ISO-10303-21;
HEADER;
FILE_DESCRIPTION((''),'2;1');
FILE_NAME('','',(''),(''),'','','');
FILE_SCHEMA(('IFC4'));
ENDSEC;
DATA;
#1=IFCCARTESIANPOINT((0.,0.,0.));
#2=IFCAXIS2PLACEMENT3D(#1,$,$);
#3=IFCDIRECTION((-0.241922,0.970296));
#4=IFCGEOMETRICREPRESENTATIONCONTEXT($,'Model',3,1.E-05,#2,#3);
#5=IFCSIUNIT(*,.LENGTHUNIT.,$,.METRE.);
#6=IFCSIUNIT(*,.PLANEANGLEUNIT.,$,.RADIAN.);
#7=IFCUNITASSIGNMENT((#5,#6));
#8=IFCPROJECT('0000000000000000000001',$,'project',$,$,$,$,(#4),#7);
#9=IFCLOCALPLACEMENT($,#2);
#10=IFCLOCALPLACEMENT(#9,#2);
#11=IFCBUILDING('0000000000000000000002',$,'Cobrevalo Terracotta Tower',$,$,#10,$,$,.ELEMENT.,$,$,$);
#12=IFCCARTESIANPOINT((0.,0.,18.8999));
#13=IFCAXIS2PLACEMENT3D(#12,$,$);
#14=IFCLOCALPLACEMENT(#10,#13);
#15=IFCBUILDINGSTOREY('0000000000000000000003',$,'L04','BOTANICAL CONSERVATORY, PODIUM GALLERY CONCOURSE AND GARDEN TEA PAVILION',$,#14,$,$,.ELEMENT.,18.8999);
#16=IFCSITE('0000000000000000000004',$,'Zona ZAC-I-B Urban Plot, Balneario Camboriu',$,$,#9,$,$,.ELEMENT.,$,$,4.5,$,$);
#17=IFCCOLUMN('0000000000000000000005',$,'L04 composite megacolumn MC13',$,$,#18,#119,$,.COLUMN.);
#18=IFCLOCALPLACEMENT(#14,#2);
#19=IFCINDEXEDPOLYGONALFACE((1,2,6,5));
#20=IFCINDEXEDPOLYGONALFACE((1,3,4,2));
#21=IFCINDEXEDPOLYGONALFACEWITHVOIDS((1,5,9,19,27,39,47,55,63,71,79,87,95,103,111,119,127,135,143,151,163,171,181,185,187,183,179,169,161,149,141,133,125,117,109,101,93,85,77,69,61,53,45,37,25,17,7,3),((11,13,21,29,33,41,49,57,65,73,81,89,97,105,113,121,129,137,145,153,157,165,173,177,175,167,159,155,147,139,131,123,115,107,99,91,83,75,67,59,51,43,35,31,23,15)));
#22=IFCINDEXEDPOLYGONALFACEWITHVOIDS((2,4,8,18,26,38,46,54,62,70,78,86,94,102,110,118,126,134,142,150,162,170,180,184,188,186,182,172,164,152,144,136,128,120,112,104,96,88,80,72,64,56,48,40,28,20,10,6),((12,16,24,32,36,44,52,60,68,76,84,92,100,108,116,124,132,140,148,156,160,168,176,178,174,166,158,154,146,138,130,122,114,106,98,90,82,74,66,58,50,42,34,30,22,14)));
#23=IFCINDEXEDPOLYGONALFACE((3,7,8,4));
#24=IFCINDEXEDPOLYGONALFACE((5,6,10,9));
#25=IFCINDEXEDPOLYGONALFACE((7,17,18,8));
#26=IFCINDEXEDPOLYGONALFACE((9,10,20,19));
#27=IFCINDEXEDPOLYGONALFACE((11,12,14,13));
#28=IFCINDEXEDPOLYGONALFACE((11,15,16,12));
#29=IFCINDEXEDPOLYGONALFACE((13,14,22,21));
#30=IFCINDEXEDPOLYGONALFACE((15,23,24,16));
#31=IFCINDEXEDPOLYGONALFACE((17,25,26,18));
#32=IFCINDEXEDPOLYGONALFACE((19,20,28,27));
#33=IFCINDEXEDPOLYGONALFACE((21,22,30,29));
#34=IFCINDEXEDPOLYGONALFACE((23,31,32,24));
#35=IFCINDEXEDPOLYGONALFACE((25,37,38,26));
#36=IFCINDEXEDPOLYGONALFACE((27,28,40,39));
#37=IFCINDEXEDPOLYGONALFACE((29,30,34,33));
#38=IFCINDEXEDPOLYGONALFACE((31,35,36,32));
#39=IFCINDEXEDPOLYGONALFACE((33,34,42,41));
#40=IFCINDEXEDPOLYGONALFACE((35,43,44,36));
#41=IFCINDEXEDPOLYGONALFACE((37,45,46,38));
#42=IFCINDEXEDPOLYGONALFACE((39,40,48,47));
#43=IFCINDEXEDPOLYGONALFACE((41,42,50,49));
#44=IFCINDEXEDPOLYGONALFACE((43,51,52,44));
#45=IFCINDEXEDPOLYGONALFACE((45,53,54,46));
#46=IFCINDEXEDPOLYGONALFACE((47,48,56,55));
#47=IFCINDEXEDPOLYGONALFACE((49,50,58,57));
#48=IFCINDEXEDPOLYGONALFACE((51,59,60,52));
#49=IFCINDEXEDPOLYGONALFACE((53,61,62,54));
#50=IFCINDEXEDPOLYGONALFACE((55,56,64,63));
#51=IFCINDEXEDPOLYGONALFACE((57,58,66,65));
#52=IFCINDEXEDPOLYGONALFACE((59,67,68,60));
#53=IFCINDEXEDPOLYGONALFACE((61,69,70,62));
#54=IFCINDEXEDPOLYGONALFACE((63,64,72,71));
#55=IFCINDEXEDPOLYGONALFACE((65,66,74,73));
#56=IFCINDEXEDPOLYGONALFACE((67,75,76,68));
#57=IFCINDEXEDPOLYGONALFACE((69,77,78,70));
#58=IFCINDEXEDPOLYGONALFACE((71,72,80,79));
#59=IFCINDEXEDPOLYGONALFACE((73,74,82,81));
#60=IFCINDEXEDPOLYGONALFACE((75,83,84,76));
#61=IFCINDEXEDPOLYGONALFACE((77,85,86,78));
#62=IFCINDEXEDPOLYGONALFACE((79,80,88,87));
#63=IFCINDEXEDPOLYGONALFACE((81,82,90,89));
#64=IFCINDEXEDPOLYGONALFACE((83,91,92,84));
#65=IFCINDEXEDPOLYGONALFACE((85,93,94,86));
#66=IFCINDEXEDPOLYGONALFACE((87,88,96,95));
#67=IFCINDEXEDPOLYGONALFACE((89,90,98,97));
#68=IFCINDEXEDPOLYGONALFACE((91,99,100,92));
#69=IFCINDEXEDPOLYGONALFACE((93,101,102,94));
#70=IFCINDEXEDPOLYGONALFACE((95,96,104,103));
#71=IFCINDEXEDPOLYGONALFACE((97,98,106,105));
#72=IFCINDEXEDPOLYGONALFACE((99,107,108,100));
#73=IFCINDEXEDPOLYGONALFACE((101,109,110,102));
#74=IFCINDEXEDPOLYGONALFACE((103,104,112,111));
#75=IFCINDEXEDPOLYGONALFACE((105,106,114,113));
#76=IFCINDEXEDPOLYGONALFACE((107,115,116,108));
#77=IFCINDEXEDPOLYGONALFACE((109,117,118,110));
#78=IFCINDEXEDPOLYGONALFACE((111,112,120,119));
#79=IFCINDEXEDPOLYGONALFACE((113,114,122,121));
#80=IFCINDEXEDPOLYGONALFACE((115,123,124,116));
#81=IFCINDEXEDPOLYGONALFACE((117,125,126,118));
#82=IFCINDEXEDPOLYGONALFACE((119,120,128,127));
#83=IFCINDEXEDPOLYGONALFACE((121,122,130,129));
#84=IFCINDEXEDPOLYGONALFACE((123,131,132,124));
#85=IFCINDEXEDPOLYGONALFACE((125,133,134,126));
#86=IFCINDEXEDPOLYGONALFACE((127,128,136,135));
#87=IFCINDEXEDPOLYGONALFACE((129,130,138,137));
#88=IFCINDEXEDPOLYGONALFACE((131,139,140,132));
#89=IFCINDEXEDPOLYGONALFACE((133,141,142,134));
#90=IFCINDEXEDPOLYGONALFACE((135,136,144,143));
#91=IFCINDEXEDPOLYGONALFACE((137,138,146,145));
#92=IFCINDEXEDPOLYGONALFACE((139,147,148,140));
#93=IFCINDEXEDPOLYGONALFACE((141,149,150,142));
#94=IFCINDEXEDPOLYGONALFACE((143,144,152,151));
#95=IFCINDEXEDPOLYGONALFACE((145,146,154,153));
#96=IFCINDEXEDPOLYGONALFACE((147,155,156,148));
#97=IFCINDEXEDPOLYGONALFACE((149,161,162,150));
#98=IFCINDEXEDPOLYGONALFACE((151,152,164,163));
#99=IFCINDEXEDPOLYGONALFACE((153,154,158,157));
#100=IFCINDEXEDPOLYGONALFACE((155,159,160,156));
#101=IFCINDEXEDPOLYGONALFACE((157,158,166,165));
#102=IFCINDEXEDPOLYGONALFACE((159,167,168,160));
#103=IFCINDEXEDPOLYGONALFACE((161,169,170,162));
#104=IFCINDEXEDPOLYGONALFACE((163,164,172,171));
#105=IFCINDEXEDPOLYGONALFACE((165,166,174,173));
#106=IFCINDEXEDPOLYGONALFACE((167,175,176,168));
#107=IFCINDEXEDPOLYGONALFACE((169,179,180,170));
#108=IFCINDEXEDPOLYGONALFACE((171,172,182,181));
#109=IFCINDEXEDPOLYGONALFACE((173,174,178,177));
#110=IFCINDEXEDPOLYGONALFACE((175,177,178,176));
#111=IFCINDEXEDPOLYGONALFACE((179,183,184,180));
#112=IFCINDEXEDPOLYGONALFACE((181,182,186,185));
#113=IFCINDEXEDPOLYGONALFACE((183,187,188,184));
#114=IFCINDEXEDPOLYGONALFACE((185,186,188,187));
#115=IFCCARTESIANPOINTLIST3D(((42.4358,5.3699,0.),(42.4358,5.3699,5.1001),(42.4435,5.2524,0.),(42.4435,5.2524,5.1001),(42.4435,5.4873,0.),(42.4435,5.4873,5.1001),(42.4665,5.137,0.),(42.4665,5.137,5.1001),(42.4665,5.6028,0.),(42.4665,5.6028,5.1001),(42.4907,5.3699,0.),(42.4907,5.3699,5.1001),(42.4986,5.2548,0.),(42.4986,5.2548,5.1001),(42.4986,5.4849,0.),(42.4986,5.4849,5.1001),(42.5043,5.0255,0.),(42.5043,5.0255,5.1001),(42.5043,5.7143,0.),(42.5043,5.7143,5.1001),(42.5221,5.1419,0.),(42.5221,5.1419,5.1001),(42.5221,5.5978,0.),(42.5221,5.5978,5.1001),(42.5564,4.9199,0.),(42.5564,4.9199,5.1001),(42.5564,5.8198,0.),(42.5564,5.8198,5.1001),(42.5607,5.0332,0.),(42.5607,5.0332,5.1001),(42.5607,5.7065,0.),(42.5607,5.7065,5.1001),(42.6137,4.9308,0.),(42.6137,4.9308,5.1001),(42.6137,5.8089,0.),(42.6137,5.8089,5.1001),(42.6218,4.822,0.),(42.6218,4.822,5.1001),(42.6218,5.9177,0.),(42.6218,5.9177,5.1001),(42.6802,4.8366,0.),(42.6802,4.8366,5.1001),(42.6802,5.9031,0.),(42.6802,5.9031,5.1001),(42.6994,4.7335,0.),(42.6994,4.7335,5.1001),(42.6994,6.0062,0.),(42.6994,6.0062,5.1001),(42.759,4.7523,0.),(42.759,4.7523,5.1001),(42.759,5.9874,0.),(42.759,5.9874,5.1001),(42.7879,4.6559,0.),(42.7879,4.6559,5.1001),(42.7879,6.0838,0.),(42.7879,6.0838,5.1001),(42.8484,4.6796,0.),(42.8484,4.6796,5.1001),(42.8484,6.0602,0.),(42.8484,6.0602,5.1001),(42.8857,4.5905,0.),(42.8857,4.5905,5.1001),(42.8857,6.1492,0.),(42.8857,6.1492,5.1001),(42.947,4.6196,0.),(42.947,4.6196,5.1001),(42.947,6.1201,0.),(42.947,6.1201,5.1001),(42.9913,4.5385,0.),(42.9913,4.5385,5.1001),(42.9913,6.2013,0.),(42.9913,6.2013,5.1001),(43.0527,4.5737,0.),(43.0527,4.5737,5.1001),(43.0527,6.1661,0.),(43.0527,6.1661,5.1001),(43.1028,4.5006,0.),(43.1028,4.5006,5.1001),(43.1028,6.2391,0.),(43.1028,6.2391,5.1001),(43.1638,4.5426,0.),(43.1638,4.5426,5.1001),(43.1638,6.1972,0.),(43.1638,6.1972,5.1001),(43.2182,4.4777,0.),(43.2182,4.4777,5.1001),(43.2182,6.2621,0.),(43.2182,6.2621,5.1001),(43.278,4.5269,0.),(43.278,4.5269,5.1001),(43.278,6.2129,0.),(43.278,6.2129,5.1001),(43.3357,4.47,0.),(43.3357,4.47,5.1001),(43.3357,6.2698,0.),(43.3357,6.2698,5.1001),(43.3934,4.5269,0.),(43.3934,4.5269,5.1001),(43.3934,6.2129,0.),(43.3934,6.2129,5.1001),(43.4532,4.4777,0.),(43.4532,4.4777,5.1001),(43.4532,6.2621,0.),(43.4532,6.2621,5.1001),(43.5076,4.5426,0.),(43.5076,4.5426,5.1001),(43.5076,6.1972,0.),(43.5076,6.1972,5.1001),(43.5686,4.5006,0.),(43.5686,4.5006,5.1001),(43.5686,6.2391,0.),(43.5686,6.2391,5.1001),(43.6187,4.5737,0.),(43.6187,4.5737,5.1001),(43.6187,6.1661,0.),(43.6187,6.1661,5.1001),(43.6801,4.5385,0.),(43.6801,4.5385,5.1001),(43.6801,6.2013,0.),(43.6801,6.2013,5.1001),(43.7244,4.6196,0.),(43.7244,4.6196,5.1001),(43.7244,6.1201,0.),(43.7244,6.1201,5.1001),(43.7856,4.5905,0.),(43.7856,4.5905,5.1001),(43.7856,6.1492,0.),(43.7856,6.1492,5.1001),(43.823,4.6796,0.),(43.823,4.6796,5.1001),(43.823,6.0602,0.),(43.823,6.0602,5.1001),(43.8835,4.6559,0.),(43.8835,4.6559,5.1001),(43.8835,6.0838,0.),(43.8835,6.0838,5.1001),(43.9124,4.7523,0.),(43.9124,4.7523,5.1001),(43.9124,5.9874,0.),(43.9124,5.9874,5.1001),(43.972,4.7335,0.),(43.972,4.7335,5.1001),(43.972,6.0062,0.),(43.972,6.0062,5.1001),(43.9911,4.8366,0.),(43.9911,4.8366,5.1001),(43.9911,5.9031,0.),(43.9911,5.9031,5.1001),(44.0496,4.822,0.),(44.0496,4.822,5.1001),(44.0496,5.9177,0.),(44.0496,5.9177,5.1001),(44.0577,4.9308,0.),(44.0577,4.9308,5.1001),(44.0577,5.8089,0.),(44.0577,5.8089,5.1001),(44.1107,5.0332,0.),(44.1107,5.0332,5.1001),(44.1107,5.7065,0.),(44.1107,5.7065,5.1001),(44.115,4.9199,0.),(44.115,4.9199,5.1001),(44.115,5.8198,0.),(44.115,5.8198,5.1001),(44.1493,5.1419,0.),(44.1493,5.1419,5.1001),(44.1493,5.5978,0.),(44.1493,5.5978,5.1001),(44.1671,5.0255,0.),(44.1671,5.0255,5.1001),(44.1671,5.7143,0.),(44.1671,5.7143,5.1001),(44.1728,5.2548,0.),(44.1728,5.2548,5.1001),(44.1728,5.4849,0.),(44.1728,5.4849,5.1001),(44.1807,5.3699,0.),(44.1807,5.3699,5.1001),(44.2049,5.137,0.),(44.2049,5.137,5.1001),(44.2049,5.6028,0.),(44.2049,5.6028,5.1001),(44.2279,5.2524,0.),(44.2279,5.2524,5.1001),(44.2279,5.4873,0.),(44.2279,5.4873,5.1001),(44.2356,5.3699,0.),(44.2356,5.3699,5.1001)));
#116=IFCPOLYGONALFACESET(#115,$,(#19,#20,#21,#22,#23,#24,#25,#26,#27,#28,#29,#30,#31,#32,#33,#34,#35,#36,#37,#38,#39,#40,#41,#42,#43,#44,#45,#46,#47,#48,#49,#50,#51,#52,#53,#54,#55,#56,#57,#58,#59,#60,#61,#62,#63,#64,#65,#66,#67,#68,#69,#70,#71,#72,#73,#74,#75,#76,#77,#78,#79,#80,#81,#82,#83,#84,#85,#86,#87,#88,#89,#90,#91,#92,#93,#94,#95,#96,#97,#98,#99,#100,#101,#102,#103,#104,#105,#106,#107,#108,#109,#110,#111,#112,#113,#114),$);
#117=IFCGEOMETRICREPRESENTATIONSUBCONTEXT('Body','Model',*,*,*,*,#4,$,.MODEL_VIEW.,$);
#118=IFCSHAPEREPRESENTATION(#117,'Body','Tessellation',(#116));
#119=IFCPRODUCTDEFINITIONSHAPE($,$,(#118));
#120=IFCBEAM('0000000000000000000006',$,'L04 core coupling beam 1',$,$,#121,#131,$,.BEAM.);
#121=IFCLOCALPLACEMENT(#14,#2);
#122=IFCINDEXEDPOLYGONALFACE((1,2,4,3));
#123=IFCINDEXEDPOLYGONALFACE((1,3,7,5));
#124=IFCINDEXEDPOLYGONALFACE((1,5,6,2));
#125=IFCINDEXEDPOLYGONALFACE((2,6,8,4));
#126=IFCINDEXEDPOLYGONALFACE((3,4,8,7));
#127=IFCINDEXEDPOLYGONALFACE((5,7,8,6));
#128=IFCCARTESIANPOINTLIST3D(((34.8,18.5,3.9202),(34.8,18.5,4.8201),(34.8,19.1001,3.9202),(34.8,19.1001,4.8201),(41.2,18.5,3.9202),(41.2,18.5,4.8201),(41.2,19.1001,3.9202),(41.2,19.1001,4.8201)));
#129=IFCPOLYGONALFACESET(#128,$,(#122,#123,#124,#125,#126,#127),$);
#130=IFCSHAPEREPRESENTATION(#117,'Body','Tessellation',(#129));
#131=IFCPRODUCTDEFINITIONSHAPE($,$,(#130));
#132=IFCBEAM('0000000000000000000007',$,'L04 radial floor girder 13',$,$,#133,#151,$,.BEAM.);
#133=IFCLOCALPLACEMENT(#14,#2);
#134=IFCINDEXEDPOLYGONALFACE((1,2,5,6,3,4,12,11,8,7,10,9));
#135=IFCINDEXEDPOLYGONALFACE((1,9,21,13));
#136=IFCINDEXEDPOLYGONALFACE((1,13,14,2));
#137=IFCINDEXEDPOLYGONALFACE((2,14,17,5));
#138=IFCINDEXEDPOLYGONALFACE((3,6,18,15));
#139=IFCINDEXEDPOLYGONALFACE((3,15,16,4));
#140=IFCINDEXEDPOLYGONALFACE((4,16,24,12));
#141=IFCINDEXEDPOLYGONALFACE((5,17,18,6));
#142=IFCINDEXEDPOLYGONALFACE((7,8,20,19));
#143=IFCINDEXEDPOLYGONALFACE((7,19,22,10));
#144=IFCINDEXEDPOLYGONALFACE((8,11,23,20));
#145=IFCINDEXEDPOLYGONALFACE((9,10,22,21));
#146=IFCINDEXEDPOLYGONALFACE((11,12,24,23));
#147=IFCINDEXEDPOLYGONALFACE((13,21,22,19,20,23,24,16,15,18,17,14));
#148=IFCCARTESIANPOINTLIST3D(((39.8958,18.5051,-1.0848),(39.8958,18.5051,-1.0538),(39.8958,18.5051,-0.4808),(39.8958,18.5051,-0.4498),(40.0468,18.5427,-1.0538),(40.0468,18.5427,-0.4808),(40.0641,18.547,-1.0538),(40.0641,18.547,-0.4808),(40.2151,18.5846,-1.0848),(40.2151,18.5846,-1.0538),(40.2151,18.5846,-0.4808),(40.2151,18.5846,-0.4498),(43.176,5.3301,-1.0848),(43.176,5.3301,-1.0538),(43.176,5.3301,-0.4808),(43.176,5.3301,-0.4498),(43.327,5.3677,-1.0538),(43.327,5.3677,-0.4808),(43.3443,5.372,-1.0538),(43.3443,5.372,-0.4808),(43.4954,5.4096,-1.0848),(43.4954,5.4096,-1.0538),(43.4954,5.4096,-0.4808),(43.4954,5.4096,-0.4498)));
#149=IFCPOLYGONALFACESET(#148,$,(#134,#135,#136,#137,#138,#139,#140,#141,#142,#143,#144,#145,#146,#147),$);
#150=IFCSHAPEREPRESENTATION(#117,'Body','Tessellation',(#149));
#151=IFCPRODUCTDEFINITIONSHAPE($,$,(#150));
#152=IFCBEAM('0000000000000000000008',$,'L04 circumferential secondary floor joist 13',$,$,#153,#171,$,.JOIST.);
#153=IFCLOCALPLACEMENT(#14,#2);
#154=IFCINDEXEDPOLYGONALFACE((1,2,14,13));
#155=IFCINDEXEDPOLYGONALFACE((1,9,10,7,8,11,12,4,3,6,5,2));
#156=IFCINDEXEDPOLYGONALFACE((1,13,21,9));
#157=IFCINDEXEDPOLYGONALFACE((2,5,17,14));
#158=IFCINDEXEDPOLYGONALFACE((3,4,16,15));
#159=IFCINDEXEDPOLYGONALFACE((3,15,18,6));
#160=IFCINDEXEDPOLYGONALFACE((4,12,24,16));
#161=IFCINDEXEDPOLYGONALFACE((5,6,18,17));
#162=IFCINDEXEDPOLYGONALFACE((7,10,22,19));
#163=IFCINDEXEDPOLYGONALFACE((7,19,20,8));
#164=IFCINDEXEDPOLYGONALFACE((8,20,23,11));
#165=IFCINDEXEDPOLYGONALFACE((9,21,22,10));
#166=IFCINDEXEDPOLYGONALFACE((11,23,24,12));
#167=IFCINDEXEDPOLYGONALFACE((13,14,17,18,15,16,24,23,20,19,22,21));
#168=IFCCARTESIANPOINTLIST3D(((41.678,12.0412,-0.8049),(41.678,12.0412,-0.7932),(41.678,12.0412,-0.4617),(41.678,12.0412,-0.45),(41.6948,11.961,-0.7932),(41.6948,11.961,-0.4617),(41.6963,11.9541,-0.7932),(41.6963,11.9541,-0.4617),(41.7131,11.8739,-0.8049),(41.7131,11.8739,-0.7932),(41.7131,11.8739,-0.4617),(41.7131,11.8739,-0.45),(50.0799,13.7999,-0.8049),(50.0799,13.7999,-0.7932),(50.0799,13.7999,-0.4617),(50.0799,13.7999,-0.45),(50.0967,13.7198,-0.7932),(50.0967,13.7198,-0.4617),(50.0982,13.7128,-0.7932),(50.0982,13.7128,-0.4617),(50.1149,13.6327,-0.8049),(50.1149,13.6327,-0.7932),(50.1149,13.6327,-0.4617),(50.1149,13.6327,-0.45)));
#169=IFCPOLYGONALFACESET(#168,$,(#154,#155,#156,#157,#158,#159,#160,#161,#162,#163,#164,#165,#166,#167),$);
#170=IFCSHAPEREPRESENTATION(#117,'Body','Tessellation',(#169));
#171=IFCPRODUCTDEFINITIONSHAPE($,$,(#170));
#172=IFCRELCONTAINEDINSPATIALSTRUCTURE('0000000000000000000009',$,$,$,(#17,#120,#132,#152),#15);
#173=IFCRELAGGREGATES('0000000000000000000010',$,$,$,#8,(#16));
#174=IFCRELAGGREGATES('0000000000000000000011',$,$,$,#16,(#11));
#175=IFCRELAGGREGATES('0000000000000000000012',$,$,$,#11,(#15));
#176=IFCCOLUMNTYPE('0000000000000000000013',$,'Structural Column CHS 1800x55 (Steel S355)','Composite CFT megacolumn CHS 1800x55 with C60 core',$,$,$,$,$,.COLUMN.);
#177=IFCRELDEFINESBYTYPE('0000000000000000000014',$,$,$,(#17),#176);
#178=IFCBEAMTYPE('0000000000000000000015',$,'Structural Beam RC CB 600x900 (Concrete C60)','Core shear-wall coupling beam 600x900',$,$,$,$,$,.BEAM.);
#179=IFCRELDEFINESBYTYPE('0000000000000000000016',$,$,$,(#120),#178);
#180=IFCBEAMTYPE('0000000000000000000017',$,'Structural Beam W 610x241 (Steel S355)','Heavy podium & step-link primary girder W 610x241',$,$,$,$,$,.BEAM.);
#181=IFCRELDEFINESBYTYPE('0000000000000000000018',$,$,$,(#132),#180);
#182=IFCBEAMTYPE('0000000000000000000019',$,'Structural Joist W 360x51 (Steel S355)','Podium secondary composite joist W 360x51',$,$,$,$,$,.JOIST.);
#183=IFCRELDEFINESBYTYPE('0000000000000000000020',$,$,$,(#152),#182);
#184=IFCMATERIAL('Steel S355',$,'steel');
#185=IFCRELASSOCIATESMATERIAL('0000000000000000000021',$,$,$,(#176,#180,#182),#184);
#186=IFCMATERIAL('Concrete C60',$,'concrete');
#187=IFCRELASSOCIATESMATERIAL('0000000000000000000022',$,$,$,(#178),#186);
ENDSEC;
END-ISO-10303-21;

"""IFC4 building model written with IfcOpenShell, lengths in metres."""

from ifc_helpers import new_model, si_unit, direction, frame, origin, origin_2d, place, context, subcontext, project, spatial, rectangle, hollow_circle, i_section, extrude, material, material_profile, profile_set, type_object, element, save


model = new_model("IFC4")

# Units and contexts
model_context = context("Model", 3, precision=1e-05, world=origin(), true_north=direction((-0.241922, 0.970296)))
body_context = subcontext(model_context, "Body", "Model", "MODEL_VIEW")
ifc_project = project(units=[si_unit("LENGTHUNIT", "METRE"), si_unit("PLANEANGLEUNIT", "RADIAN")], contexts=[model_context])

# Site, building, storey
site_placement = place(None, origin())
site = spatial("IfcSite", under=ifc_project, at=site_placement, Name="Zona ZAC-I-B Urban Plot, Balneario Camboriu", CompositionType="ELEMENT", RefElevation=4.5)
building_placement = place(site_placement, origin())
building = spatial("IfcBuilding", under=site, at=building_placement, Name="Cobrevalo Terracotta Tower", CompositionType="ELEMENT")
storey_placement = place(building_placement, frame((0.0, 0.0, 18.8999)))
storey = spatial("IfcBuildingStorey", under=building, at=storey_placement, Name="L04", Description="BOTANICAL CONSERVATORY, PODIUM GALLERY CONCOURSE AND GARDEN TEA PAVILION", CompositionType="ELEMENT", Elevation=18.8999)

# Column
ifc_material_1 = material(Name="Steel S355", Category="steel")
ifc_material_profile_1 = material_profile(ifc_material_1, hollow_circle(Radius=0.8999, WallThickness=0.0549, at=origin_2d()), Name="CHS 1800x55")
ifc_profile_set_1 = profile_set([ifc_material_profile_1], Name="Steel S355")
column_type = type_object("IfcColumnType", Name="Structural Column CHS 1800x55 (Steel S355)", Description="Composite CFT megacolumn CHS 1800x55 with C60 core", PredefinedType="COLUMN", material=ifc_profile_set_1)
column_placement = place(storey_placement, frame((43.3357, 5.3699, 0.0), z_axis=(0.0, 0.0, 1.0), x_axis=(1.0, 0.0, 0.0)))
element("IfcColumn", 1, at=column_placement, inside=storey, type_object=column_type, Name="L04 composite megacolumn MC13", PredefinedType="COLUMN", context=body_context, shape_type="SweptSolid", body=[
    extrude(hollow_circle(Radius=0.8999, WallThickness=0.0549, at=origin_2d()), origin(), (0.0, 0.0, 1.0), 5.1001),
])

# Beams
ifc_material_2 = material(Name="Concrete C60", Category="concrete")
ifc_material_profile_2 = material_profile(ifc_material_2, rectangle(XDim=0.6001, YDim=0.8999, at=origin_2d()), Name="RC CB 600x900")
ifc_profile_set_2 = profile_set([ifc_material_profile_2], Name="Concrete C60")
beam_type_1 = type_object("IfcBeamType", Name="Structural Beam RC CB 600x900 (Concrete C60)", Description="Core shear-wall coupling beam 600x900", PredefinedType="BEAM", material=ifc_profile_set_2)
beam_1_placement = place(storey_placement, frame((34.8, 18.8, 4.3701), z_axis=(1.0, 0.0, 0.0), x_axis=(0.0, 1.0, 0.0)))
element("IfcBeam", 2, at=beam_1_placement, inside=storey, type_object=beam_type_1, Name="L04 core coupling beam 1", PredefinedType="BEAM", context=body_context, shape_type="SweptSolid", body=[
    extrude(rectangle(XDim=0.6001, YDim=0.8999, at=origin_2d()), origin(), (0.0, 0.0, 1.0), 6.3999),
])
ifc_material_profile_3 = material_profile(ifc_material_1, i_section(OverallWidth=0.3291, OverallDepth=0.635, WebThickness=0.0178, FlangeThickness=0.031, at=origin_2d()), Name="W 610x241")
ifc_profile_set_3 = profile_set([ifc_material_profile_3], Name="Steel S355")
beam_type_2 = type_object("IfcBeamType", Name="Structural Beam W 610x241 (Steel S355)", Description="Heavy podium & step-link primary girder W 610x241", PredefinedType="BEAM", material=ifc_profile_set_3)
beam_2_placement = place(storey_placement, frame((43.3357, 5.3699, -0.7673), z_axis=(-0.2416, 0.970376, 0.0), x_axis=(-0.970376, -0.2416, 0.0)))
element("IfcBeam", 3, at=beam_2_placement, inside=storey, type_object=beam_type_2, Name="L04 radial floor girder 13", PredefinedType="BEAM", context=body_context, shape_type="SweptSolid", body=[
    extrude(i_section(OverallWidth=0.3291, OverallDepth=0.635, WebThickness=0.0178, FlangeThickness=0.031, at=origin_2d()), origin(), (0.0, 0.0, 1.0), 13.5771),
])
ifc_material_profile_4 = material_profile(ifc_material_1, i_section(OverallWidth=0.1709, OverallDepth=0.355, WebThickness=0.0071, FlangeThickness=0.0117, at=origin_2d()), Name="W 360x51")
ifc_profile_set_4 = profile_set([ifc_material_profile_4], Name="Steel S355")
beam_type_3 = type_object("IfcBeamType", Name="Structural Joist W 360x51 (Steel S355)", Description="Podium secondary composite joist W 360x51", PredefinedType="JOIST", material=ifc_profile_set_4)
beam_3_placement = place(storey_placement, frame((41.6956, 11.9575, -0.6274), z_axis=(0.978785, 0.204892, 0.0), x_axis=(-0.204892, 0.978785, 0.0)))
element("IfcBeam", 4, at=beam_3_placement, inside=storey, type_object=beam_type_3, Name="L04 circumferential secondary floor joist 13", PredefinedType="JOIST", context=body_context, shape_type="SweptSolid", body=[
    extrude(i_section(OverallWidth=0.1709, OverallDepth=0.355, WebThickness=0.0071, FlangeThickness=0.0117, at=origin_2d()), origin(), (0.0, 0.0, 1.0), 8.584),
])

save(model, "model.ifc")
